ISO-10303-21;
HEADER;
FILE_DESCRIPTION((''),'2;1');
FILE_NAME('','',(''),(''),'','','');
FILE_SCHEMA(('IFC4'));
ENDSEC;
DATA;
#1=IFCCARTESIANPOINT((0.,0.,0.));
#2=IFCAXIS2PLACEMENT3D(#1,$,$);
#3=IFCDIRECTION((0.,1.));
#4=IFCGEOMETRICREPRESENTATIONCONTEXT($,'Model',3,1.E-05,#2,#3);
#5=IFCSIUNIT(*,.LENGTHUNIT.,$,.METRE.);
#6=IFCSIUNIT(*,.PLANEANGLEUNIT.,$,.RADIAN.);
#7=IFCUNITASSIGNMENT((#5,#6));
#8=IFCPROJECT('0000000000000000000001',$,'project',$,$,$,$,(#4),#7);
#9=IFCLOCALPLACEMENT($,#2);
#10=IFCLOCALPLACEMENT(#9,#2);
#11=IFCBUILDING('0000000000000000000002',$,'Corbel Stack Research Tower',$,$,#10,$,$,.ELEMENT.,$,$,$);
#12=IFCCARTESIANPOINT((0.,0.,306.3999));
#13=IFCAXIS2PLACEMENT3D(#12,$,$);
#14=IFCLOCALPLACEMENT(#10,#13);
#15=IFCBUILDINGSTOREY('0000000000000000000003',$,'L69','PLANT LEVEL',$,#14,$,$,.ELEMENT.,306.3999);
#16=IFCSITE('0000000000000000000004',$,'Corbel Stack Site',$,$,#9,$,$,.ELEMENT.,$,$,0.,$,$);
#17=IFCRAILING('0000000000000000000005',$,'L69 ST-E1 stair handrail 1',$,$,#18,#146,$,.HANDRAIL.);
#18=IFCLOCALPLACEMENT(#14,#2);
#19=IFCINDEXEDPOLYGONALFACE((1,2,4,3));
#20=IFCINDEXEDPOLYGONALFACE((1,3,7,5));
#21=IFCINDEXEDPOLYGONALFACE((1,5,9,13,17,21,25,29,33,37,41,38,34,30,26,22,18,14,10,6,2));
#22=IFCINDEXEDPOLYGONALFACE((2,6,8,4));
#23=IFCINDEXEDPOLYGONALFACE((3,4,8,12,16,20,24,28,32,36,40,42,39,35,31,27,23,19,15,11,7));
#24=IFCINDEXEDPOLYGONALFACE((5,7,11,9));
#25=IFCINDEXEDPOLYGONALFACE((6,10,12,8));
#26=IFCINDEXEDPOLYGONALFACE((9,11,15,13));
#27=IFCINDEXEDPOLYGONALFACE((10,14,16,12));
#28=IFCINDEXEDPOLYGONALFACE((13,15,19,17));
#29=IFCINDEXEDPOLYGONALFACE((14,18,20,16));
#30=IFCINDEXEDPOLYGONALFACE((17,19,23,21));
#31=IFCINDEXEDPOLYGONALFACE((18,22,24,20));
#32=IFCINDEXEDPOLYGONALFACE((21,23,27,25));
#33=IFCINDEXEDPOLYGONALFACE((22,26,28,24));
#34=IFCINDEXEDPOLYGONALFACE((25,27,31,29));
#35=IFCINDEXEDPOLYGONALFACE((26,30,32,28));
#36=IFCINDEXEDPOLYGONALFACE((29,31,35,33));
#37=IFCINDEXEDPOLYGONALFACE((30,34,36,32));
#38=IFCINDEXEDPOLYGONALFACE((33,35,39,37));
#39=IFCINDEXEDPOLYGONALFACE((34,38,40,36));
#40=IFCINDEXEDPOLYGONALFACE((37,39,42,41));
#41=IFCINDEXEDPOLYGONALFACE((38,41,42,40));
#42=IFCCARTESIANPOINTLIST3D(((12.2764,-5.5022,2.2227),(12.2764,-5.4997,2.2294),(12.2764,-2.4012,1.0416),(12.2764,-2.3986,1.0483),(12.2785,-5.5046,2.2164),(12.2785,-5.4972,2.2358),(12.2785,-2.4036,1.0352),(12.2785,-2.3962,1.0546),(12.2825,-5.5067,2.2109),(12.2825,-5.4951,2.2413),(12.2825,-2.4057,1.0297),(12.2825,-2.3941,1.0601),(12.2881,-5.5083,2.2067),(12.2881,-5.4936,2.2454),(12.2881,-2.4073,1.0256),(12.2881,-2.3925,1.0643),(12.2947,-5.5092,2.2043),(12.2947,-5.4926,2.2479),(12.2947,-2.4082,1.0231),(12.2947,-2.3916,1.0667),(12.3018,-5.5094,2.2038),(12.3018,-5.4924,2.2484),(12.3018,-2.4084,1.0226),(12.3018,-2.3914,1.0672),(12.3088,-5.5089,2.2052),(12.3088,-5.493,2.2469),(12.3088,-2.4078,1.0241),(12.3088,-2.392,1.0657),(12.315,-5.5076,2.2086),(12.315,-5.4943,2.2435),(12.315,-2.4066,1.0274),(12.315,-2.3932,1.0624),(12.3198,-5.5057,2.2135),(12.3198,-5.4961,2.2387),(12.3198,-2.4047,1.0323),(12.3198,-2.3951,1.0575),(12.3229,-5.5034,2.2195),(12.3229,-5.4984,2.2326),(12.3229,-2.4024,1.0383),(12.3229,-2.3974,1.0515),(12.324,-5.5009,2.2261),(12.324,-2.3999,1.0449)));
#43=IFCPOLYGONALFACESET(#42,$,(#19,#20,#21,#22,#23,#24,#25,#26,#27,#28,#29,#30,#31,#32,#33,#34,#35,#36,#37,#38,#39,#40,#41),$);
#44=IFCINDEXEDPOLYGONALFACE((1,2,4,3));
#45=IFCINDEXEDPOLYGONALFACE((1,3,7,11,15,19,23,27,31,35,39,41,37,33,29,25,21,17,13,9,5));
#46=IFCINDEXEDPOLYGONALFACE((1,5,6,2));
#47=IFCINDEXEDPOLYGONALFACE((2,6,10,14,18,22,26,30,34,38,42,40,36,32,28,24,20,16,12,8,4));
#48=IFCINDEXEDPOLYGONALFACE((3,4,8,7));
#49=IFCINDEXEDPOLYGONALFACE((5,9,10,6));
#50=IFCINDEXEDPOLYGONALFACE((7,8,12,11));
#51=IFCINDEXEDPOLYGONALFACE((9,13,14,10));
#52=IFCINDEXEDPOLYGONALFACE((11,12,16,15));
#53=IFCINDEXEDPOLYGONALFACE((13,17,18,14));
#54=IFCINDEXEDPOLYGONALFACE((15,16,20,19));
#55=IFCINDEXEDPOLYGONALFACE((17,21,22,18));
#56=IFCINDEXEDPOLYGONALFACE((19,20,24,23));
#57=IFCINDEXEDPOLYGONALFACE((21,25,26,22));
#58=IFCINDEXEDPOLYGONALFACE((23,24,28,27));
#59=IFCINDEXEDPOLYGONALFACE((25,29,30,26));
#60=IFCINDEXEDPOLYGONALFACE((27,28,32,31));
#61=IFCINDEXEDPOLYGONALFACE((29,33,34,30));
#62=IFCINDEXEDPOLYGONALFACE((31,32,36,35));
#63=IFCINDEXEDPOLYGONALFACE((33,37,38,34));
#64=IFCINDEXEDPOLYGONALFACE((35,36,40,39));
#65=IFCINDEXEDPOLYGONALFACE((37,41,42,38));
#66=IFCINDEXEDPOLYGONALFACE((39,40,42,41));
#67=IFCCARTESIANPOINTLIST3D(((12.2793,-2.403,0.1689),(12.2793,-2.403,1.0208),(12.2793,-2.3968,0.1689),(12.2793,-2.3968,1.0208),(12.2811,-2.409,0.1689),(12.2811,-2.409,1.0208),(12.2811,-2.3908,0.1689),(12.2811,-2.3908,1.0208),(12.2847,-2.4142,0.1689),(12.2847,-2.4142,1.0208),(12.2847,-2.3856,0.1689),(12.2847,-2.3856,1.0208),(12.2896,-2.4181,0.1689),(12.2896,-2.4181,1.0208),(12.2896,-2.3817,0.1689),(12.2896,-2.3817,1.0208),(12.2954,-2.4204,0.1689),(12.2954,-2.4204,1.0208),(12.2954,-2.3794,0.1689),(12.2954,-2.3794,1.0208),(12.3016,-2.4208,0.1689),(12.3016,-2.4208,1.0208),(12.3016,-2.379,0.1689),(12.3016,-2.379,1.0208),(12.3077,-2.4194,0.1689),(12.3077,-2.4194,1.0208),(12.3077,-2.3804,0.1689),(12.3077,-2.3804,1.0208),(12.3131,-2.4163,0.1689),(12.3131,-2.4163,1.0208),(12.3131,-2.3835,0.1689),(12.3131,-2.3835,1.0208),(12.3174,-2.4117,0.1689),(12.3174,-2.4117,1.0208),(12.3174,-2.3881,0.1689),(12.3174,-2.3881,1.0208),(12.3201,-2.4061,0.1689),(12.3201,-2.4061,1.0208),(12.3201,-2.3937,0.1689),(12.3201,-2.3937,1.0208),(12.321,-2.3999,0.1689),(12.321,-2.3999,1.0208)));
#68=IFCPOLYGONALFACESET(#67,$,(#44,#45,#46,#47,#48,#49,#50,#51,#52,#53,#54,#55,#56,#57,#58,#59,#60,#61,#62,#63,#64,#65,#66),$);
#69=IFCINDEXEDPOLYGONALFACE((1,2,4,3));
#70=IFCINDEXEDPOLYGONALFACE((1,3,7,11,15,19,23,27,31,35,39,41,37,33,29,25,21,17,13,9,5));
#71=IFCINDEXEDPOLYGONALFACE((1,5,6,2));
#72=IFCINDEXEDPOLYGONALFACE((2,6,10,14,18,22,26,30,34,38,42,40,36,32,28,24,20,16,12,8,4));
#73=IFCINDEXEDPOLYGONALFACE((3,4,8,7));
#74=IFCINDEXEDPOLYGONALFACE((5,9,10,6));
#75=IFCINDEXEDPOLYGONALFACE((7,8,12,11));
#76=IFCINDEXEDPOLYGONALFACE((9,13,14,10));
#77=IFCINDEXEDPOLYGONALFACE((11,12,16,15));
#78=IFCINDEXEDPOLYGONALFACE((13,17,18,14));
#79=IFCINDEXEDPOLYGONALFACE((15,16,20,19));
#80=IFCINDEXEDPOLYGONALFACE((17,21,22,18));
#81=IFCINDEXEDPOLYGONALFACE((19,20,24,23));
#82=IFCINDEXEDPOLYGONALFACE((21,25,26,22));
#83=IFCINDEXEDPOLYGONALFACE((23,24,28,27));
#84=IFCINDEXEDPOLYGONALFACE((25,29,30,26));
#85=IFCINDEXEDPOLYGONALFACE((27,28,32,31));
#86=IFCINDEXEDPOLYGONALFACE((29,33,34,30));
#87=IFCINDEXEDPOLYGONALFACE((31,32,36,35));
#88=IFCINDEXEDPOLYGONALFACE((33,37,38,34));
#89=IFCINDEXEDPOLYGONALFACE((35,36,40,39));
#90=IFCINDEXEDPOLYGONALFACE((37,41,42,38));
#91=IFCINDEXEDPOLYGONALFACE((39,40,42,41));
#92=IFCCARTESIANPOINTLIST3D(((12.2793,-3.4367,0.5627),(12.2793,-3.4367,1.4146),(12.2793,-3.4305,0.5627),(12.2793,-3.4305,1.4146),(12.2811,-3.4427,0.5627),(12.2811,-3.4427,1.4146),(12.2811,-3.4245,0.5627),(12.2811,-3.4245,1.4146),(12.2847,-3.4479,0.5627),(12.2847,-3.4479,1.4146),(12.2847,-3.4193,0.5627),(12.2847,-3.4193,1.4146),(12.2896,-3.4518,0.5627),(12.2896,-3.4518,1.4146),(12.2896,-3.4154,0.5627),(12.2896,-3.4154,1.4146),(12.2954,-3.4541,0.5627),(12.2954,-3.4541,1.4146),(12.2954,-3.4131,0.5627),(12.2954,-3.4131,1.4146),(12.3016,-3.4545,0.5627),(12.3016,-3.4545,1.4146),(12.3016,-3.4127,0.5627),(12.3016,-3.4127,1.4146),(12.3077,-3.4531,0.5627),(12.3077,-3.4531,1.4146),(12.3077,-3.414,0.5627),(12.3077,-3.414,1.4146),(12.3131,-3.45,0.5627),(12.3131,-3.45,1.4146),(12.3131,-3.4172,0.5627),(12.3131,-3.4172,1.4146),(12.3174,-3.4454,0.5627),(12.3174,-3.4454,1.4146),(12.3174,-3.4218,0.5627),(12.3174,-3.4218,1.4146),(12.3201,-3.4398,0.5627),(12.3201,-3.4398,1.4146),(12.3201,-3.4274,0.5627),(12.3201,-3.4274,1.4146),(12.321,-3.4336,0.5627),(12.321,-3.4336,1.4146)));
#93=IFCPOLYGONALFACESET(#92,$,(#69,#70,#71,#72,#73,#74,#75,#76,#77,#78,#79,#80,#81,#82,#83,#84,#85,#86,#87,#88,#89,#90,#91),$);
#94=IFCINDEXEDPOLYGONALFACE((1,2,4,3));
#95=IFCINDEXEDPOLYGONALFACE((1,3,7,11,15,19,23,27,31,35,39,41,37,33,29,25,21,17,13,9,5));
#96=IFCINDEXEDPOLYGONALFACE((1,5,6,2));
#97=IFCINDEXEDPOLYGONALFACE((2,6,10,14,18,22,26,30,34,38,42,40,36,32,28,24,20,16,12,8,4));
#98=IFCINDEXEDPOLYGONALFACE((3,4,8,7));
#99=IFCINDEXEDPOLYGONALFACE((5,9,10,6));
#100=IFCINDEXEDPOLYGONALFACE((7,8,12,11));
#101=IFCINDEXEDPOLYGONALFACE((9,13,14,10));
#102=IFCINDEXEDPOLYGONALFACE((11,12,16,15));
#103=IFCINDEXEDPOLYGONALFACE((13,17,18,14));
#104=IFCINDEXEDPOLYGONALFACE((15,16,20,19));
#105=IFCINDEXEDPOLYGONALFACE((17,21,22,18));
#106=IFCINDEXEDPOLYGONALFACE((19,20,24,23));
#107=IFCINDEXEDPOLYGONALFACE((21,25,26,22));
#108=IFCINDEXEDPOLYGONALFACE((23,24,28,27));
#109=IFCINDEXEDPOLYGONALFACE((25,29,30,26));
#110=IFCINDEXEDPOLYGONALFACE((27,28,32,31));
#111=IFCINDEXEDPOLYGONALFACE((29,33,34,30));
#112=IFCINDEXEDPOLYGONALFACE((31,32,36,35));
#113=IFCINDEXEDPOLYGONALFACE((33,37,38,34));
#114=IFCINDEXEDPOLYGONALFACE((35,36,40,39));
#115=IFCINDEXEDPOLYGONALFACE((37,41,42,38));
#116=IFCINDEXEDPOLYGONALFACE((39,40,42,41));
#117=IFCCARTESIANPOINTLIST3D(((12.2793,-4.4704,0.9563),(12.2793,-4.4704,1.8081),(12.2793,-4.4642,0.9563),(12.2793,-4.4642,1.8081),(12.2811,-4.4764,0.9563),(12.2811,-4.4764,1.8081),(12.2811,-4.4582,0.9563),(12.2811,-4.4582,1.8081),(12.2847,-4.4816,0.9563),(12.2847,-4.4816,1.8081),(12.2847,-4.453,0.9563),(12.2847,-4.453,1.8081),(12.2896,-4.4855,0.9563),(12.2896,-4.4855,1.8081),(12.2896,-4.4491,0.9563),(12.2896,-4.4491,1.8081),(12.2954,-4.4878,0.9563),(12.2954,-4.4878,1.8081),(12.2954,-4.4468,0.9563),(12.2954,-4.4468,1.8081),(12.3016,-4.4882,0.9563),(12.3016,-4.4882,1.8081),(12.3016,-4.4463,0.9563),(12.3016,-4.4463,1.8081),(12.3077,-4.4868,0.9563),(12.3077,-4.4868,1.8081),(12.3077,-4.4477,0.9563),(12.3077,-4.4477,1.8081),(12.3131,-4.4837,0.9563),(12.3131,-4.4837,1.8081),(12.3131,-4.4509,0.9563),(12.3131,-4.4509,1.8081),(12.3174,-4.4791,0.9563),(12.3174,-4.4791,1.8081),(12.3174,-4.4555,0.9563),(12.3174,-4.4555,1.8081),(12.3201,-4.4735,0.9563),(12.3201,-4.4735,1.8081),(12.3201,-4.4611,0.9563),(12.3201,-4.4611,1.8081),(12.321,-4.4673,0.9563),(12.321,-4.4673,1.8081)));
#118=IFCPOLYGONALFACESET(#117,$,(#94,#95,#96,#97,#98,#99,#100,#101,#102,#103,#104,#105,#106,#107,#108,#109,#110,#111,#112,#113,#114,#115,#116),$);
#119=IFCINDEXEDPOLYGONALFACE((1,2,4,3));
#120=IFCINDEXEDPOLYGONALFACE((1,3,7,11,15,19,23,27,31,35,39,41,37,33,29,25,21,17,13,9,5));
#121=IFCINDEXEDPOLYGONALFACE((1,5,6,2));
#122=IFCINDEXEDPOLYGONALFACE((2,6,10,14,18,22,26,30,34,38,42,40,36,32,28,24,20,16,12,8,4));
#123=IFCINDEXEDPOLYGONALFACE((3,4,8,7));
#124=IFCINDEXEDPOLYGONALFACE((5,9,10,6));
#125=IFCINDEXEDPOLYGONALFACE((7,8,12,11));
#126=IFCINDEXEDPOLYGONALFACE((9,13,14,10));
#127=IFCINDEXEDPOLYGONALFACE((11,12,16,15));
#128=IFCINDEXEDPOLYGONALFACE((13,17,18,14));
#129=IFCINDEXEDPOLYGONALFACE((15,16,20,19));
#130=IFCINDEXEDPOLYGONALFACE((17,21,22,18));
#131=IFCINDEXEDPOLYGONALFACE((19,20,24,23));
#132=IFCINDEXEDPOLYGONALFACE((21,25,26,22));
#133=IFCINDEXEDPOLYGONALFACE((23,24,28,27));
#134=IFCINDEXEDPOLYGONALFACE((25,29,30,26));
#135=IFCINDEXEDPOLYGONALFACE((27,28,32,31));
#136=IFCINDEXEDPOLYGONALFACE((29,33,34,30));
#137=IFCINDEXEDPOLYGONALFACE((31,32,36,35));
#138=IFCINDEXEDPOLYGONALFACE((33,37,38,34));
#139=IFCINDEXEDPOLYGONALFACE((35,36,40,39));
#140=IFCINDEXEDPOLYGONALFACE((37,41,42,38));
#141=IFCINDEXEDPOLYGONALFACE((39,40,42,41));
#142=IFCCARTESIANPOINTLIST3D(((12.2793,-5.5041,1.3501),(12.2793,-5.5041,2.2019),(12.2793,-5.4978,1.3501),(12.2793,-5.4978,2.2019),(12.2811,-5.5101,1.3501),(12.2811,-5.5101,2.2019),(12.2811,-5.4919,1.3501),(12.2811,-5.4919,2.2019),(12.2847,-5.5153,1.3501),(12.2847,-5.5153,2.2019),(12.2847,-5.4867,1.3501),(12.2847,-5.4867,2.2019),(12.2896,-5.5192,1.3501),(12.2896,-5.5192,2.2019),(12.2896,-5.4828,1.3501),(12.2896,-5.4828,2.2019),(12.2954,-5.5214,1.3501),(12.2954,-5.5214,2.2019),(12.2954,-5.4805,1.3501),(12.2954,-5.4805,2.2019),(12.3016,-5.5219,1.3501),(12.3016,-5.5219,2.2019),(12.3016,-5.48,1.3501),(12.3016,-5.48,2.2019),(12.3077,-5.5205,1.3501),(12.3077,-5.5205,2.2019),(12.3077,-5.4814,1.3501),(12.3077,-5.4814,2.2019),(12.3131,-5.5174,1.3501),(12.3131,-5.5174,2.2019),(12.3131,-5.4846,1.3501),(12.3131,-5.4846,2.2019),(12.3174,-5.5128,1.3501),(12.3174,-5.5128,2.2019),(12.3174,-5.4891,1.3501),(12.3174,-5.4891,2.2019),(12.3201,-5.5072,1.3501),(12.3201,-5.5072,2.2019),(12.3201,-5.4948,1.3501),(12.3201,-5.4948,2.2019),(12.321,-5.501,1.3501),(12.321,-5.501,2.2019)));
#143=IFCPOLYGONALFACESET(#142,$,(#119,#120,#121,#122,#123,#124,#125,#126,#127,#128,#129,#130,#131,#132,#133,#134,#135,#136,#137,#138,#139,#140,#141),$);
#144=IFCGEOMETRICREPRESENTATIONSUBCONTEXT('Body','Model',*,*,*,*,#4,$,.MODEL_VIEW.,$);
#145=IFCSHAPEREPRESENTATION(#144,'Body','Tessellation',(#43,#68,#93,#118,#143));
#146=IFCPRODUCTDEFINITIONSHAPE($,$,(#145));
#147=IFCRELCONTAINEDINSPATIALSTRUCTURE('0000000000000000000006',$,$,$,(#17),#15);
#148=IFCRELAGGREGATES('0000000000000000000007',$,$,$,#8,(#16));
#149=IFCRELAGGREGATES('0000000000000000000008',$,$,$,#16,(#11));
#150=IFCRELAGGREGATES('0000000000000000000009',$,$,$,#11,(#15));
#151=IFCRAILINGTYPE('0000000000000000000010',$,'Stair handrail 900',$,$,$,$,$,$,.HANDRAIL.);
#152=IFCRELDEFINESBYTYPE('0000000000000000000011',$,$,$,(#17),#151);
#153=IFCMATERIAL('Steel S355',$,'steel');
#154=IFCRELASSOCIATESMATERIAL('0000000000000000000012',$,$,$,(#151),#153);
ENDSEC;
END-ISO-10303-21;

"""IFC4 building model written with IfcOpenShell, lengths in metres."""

from ifc_helpers import new_model, si_unit, direction, frame, origin, origin_2d, place, context, subcontext, project, spatial, circle, extrude, material, type_object, element, save


model = new_model("IFC4")

# Units and contexts
model_context = context("Model", 3, precision=1e-05, world=origin(), true_north=direction((0.0, 1.0)))
body_context = subcontext(model_context, "Body", "Model", "MODEL_VIEW")
ifc_project = project(units=[si_unit("LENGTHUNIT", "METRE"), si_unit("PLANEANGLEUNIT", "RADIAN")], contexts=[model_context])

# Site, building, storey
site_placement = place(None, origin())
site = spatial("IfcSite", under=ifc_project, at=site_placement, Name="Corbel Stack Site", CompositionType="ELEMENT", RefElevation=0.0)
building_placement = place(site_placement, origin())
building = spatial("IfcBuilding", under=site, at=building_placement, Name="Corbel Stack Research Tower", CompositionType="ELEMENT")
storey_placement = place(building_placement, frame((0.0, 0.0, 306.3999)))
storey = spatial("IfcBuildingStorey", under=building, at=storey_placement, Name="L69", Description="PLANT LEVEL", CompositionType="ELEMENT", Elevation=306.3999)

# Railing
ifc_material_1 = material(Name="Steel S355", Category="steel")
railing_type_1 = type_object("IfcRailingType", Name="Stair handrail 900", PredefinedType="HANDRAIL", material=ifc_material_1)
railing_1_placement = place(storey_placement, frame((12.3, -2.3999, 0.1689)))
element("IfcRailing", 1, at=railing_1_placement, inside=storey, type_object=railing_type_1, Name="L69 ST-E1 stair handrail 1", PredefinedType="HANDRAIL", context=body_context, shape_type="SweptSolid", body=[
    extrude(circle(Radius=0.0239, at=origin_2d()), frame((0.0, 0.0, 0.876), z_axis=(0.0, -0.934509, 0.35594), x_axis=(1.0, 0.0, 0.0)), (0.0, 0.0, 1.0), 3.3184),
    extrude(circle(Radius=0.021, at=origin_2d()), origin(), (0.0, 0.0, 1.0), 0.8518),
    extrude(circle(Radius=0.021, at=origin_2d()), frame((0.0, -1.0337, 0.3938)), (0.0, 0.0, 1.0), 0.8518),
    extrude(circle(Radius=0.021, at=origin_2d()), frame((0.0, -2.0674, 0.7874)), (0.0, 0.0, 1.0), 0.8518),
    extrude(circle(Radius=0.021, at=origin_2d()), frame((0.0, -3.1011, 1.1812)), (0.0, 0.0, 1.0), 0.8518),
])

save(model, "model.ifc")
